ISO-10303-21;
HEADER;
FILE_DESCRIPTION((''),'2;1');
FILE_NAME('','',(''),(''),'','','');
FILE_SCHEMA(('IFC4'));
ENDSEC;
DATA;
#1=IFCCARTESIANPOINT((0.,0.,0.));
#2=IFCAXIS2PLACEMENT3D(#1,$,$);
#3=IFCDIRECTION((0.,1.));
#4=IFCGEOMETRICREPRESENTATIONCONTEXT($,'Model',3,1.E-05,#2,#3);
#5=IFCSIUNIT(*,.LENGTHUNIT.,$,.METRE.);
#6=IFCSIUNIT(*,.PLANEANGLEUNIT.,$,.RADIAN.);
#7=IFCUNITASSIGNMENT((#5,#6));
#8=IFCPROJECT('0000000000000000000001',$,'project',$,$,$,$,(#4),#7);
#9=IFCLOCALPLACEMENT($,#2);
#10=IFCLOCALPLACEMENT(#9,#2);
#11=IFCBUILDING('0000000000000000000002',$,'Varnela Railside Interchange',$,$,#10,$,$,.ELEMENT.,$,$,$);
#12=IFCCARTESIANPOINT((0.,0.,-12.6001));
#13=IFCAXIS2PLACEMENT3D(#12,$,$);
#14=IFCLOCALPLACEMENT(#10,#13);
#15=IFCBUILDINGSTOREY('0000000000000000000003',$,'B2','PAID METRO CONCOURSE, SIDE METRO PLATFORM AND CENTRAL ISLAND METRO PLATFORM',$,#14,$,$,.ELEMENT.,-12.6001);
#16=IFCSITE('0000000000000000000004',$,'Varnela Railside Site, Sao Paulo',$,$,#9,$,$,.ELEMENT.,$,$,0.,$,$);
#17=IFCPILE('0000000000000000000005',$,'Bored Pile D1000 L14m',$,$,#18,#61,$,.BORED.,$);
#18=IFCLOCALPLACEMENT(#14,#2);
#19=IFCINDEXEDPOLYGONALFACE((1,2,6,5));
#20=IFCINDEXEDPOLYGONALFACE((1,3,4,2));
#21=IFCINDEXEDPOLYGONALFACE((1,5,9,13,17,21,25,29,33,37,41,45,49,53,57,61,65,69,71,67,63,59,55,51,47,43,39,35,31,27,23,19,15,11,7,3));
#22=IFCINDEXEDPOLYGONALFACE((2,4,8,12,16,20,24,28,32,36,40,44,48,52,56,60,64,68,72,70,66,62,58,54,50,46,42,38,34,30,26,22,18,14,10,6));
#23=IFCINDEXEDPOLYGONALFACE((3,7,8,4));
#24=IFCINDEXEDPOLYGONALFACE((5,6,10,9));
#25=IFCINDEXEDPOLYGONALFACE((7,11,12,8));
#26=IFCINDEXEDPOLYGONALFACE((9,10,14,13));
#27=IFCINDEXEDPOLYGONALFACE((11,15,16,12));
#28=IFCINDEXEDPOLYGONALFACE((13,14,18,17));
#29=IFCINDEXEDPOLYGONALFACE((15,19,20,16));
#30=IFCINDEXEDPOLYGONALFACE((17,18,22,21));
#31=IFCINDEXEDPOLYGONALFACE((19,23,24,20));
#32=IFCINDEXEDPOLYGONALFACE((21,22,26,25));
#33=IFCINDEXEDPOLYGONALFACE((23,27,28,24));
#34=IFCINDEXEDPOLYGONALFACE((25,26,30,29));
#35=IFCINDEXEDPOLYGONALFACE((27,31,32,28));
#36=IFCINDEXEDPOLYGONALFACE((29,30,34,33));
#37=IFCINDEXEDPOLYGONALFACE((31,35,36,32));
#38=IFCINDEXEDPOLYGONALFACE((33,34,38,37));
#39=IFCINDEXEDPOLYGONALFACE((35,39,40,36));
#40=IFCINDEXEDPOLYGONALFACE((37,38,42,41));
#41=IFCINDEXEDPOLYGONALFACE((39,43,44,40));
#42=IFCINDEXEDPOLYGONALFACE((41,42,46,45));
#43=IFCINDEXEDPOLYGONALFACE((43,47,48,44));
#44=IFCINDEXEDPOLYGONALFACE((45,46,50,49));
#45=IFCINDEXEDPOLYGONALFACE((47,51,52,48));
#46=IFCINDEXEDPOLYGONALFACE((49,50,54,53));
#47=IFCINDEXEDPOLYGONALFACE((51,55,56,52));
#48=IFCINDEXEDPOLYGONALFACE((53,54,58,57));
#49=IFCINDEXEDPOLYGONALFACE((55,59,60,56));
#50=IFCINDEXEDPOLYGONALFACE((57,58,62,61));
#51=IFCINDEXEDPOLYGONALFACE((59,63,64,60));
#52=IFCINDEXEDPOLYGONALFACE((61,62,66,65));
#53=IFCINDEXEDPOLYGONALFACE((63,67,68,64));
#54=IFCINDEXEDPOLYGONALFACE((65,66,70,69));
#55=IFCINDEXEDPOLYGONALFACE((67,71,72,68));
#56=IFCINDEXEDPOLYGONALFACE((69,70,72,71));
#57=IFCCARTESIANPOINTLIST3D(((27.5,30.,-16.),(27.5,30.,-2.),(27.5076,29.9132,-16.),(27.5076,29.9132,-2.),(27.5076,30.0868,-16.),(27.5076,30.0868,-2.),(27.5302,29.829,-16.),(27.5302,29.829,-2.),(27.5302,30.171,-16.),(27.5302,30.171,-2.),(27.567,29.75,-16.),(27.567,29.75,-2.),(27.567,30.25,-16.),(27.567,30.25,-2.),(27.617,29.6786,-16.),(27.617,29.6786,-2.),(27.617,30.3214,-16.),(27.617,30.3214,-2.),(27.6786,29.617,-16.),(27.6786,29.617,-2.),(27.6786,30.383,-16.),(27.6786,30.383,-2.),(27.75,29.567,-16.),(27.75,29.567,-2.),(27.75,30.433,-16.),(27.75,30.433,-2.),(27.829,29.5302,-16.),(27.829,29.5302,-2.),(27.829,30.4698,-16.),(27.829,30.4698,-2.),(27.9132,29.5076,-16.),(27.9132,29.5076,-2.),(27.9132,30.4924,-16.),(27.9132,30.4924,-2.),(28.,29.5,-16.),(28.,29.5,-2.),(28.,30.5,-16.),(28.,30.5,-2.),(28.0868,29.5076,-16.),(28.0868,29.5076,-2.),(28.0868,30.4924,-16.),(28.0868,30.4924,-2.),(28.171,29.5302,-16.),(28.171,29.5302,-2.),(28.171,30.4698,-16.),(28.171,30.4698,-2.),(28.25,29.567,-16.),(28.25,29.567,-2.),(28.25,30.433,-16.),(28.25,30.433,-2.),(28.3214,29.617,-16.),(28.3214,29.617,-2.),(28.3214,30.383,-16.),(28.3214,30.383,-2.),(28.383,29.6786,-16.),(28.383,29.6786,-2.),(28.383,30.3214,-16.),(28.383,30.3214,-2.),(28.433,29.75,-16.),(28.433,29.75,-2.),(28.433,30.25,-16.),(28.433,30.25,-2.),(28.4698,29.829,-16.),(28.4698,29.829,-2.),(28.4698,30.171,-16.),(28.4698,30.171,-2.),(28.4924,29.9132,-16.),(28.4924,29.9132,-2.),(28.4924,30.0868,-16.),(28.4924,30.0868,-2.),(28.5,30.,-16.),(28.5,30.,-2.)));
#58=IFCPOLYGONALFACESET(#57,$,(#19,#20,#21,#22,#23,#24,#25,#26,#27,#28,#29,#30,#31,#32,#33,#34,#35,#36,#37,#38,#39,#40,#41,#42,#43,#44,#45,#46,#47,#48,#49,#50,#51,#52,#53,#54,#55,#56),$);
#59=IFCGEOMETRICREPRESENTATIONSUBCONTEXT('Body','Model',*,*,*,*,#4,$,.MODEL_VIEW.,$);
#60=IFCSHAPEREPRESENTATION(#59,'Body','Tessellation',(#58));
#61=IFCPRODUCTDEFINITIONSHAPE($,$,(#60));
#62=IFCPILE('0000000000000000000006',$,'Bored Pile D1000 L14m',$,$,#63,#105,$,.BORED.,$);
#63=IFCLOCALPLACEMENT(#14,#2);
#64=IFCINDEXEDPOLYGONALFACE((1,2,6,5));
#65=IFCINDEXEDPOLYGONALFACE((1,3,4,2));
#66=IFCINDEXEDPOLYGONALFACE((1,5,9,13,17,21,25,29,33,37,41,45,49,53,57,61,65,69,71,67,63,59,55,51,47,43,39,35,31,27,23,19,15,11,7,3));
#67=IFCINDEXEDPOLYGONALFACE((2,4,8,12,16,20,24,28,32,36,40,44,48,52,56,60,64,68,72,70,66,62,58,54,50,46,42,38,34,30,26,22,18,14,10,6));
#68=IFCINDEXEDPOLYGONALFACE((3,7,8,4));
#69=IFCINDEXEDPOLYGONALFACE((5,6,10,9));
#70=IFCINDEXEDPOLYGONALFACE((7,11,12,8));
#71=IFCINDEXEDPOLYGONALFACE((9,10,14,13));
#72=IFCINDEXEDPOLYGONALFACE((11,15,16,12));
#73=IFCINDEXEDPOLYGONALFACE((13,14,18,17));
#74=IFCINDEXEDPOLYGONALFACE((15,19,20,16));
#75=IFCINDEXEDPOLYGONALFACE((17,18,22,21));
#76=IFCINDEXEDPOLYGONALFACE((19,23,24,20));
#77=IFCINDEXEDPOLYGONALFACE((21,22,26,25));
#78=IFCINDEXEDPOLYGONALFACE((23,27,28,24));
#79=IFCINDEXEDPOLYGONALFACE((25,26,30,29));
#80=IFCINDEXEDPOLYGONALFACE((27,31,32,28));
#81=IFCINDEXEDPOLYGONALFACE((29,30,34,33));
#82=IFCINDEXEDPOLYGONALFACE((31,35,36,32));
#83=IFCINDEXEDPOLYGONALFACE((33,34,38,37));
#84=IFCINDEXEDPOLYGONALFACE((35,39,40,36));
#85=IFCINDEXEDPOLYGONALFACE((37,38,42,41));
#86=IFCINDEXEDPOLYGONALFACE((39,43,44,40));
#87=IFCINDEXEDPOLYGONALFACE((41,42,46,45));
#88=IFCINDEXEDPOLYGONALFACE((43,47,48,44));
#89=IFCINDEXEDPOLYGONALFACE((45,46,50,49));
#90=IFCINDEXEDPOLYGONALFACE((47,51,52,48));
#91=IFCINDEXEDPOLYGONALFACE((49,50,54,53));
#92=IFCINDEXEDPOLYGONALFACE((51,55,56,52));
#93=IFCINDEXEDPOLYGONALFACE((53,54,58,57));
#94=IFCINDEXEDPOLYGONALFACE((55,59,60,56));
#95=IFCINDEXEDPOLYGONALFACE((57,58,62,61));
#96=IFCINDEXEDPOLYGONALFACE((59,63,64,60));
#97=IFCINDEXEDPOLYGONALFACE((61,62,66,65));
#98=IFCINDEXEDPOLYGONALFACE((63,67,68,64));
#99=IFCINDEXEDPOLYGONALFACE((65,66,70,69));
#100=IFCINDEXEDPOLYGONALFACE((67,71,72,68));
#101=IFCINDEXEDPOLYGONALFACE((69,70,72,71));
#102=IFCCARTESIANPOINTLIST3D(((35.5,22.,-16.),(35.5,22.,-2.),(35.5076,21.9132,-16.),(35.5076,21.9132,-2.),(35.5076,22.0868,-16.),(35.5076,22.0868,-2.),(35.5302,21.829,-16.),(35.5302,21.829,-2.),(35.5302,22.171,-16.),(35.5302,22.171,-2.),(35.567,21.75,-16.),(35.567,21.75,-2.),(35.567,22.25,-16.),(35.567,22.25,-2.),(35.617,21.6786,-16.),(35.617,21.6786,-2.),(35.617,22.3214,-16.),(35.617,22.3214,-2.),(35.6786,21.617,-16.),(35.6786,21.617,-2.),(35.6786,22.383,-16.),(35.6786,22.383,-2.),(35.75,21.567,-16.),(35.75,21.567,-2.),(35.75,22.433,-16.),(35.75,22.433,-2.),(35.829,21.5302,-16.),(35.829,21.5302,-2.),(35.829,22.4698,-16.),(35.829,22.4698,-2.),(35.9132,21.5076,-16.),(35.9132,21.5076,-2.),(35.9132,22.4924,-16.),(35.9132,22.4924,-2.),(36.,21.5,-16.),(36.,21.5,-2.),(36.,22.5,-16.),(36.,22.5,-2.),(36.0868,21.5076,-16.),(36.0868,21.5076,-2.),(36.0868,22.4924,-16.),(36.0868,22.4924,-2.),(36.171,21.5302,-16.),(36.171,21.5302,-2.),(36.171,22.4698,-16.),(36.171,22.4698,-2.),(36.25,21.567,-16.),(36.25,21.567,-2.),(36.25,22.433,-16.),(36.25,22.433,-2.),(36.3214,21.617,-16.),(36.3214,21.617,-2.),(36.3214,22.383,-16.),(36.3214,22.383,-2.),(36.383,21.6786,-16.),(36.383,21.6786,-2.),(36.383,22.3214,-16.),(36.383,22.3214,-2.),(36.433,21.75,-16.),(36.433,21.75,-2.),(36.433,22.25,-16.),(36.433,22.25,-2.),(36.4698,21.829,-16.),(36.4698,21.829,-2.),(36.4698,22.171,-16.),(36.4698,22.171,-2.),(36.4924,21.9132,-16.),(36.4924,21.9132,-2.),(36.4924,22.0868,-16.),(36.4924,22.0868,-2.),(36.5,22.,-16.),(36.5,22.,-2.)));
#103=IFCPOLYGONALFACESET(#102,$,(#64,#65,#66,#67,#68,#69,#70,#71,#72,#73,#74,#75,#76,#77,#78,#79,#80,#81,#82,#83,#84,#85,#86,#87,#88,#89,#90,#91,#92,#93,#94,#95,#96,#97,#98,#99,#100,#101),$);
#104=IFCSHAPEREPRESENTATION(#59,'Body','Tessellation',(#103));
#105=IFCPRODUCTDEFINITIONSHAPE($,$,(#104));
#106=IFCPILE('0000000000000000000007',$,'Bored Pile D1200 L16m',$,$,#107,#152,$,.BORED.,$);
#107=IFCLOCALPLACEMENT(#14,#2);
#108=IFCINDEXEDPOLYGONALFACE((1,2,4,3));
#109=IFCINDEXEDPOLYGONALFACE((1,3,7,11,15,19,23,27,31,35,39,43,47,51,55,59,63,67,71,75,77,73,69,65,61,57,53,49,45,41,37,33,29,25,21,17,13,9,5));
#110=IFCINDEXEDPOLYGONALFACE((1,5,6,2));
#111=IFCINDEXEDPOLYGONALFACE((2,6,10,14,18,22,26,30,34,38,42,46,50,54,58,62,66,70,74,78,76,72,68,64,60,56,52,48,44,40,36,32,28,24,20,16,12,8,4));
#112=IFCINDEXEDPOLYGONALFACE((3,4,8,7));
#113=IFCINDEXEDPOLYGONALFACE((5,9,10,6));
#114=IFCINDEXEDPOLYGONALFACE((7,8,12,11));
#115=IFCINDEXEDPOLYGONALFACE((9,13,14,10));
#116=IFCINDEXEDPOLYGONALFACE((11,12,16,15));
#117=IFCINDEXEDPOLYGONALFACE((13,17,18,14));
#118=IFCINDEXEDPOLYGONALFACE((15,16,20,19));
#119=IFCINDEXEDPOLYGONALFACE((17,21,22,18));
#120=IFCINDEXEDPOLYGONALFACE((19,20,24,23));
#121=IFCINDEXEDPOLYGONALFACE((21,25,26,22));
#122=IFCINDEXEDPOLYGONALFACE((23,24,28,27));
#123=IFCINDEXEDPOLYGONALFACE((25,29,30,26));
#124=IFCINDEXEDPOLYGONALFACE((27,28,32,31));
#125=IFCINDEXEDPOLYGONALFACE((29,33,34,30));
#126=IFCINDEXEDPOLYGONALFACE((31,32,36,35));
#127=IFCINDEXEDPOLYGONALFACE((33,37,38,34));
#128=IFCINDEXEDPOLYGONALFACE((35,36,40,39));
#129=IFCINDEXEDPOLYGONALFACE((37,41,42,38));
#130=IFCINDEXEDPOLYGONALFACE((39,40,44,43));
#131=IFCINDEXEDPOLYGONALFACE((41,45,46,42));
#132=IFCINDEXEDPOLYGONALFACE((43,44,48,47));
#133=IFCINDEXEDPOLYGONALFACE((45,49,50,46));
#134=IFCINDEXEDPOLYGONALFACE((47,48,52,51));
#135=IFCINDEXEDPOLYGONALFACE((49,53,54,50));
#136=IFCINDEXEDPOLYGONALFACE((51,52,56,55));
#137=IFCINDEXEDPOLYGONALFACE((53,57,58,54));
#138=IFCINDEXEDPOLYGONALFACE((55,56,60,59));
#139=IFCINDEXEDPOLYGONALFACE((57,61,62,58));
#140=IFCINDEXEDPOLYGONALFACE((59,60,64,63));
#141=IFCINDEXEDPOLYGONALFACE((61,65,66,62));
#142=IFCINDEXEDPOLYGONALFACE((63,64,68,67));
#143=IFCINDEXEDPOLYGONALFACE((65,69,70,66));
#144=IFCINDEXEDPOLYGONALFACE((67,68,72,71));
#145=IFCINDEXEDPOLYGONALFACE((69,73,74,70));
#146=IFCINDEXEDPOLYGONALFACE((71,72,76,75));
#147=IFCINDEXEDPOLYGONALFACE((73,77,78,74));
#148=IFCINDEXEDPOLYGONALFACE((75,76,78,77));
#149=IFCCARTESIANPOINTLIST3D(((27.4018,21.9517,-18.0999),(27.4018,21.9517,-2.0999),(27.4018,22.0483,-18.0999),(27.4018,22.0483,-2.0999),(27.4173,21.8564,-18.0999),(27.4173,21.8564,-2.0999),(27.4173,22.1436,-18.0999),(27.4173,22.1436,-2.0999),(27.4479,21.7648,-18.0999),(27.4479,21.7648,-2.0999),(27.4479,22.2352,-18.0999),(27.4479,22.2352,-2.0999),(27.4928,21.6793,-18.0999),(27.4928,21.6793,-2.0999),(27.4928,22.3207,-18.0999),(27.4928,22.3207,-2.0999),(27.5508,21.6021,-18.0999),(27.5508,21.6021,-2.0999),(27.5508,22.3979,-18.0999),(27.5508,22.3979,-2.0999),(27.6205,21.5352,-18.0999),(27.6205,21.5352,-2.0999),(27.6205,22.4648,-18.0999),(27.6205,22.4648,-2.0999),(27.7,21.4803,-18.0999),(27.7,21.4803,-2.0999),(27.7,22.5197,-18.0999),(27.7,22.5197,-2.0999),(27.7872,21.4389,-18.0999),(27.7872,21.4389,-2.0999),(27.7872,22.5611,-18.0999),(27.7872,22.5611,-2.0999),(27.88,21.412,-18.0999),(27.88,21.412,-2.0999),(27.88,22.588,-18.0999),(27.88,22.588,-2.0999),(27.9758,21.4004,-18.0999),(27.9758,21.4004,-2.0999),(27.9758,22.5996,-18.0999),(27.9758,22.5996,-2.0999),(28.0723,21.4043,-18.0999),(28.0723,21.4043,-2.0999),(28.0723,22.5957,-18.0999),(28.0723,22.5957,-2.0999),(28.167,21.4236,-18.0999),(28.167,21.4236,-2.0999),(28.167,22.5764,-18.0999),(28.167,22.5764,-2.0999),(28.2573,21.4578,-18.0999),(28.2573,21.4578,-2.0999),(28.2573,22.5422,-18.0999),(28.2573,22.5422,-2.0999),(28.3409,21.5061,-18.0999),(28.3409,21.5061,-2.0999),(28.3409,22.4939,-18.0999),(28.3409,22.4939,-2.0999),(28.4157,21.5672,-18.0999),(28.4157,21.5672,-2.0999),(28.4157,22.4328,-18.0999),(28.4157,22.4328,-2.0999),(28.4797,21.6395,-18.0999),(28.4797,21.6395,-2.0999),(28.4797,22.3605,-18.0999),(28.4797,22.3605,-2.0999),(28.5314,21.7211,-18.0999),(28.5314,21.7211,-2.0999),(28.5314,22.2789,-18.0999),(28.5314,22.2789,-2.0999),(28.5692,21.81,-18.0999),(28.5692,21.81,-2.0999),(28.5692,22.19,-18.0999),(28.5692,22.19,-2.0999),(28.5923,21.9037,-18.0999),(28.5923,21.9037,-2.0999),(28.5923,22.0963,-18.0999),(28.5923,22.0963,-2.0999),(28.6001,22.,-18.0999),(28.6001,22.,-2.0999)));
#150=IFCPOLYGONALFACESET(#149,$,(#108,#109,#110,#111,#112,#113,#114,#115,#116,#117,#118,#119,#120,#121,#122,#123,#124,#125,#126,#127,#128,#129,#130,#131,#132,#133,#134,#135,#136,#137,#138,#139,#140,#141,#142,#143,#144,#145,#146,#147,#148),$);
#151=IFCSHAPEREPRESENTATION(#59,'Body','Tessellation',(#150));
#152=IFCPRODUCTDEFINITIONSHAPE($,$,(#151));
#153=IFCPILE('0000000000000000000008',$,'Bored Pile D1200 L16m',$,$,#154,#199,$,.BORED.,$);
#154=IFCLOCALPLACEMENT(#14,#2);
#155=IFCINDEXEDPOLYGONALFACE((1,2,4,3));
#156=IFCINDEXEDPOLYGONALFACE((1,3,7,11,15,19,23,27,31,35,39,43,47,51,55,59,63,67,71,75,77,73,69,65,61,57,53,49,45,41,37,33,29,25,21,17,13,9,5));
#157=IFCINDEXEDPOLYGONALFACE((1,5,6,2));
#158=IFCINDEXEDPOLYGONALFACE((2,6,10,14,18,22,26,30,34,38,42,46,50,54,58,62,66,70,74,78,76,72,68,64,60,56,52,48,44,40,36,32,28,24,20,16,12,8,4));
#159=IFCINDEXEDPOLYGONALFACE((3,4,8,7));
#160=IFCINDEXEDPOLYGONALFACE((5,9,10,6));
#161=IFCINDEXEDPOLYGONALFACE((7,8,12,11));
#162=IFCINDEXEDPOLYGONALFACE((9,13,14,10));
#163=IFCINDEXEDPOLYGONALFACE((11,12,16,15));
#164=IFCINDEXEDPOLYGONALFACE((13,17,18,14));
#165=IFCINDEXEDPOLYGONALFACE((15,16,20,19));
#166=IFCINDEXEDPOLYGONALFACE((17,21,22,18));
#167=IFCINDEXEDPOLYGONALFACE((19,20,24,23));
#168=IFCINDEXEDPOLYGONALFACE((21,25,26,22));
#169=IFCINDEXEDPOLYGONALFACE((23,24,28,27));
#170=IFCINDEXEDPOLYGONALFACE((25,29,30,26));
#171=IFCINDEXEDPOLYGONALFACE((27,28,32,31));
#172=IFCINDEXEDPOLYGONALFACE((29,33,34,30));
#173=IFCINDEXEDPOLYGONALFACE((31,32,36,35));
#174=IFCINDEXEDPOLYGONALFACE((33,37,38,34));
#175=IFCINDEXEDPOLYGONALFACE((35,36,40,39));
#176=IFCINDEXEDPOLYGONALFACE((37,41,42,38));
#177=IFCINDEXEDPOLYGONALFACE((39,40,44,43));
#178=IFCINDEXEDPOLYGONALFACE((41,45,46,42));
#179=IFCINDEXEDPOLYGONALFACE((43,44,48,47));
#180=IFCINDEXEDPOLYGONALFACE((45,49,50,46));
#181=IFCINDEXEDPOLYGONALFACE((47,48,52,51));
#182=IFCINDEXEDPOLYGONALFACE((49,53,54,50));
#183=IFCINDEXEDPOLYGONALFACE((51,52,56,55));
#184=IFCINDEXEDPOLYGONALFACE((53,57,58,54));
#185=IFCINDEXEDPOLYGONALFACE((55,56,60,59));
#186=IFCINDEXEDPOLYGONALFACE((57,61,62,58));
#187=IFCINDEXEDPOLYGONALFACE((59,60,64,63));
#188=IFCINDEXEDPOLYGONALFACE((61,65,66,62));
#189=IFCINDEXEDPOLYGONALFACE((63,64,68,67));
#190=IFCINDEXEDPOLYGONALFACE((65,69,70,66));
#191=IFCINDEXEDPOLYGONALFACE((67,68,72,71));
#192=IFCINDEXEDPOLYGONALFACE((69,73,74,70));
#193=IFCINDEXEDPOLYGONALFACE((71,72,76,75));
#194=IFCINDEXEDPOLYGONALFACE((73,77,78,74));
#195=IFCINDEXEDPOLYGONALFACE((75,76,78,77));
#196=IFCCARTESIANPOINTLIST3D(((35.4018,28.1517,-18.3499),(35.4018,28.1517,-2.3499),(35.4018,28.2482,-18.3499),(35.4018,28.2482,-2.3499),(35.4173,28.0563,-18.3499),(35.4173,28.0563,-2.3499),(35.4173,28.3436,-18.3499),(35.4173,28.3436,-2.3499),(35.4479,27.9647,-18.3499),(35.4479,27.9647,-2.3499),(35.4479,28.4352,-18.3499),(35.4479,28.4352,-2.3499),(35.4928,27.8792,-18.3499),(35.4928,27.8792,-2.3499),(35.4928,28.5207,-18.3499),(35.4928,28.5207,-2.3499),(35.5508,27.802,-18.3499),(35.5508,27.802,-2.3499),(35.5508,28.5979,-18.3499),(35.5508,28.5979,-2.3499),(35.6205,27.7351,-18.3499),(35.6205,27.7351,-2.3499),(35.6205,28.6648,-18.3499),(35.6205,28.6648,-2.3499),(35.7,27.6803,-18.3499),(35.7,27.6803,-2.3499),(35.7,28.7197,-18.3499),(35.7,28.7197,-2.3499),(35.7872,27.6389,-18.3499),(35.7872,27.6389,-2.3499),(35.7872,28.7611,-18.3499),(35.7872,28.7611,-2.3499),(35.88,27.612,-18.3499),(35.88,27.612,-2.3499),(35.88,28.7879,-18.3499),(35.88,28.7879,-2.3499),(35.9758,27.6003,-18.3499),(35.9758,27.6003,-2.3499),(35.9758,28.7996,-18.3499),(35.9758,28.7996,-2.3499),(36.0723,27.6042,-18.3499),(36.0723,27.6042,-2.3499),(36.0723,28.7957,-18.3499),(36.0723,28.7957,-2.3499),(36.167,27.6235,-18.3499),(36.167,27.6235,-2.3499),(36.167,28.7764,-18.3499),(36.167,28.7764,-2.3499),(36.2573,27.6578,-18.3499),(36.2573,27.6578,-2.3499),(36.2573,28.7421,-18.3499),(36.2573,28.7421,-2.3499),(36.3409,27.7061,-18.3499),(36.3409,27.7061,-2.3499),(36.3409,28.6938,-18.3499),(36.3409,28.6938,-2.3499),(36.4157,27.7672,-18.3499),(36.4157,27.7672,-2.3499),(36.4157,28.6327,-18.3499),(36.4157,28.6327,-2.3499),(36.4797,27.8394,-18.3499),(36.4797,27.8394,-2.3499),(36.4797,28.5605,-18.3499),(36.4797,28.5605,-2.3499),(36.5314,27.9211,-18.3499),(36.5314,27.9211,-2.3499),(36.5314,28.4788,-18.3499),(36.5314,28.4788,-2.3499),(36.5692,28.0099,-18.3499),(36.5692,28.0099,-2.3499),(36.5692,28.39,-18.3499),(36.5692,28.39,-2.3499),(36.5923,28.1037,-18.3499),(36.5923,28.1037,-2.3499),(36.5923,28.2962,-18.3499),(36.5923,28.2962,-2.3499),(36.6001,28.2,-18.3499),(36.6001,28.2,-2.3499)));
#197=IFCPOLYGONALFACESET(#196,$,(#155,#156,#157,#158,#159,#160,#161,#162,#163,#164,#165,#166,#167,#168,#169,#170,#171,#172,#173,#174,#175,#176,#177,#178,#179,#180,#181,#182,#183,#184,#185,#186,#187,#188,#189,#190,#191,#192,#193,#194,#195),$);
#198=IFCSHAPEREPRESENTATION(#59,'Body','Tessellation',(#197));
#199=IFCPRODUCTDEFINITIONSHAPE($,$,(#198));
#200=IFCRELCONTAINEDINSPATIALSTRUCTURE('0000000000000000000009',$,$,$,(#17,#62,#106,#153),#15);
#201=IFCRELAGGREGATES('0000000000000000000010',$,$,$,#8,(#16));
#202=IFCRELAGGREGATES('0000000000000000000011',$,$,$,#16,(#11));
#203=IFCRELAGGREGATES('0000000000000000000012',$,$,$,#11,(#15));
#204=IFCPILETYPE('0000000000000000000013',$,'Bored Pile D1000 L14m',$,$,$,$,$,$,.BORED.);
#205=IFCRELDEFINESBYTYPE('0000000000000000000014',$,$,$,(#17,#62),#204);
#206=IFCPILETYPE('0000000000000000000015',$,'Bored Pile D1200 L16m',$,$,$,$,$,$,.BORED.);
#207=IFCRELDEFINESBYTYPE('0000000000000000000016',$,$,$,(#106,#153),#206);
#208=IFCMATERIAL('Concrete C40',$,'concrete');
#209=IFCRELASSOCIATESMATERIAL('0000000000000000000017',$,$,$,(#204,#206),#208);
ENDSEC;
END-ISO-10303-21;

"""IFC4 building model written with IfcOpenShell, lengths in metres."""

from ifc_helpers import new_model, si_unit, direction, frame, origin, origin_2d, place, context, subcontext, project, spatial, circle, extrude, material, material_profile, profile_set, type_object, element, save


model = new_model("IFC4")

# Units and contexts
model_context = context("Model", 3, precision=1e-05, world=origin(), true_north=direction((0.0, 1.0)))
body_context = subcontext(model_context, "Body", "Model", "MODEL_VIEW")
ifc_project = project(units=[si_unit("LENGTHUNIT", "METRE"), si_unit("PLANEANGLEUNIT", "RADIAN")], contexts=[model_context])

# Site, building, storey
site_placement = place(None, origin())
site = spatial("IfcSite", under=ifc_project, at=site_placement, Name="Varnela Railside Site, Sao Paulo", CompositionType="ELEMENT", RefElevation=0.0)
building_placement = place(site_placement, origin())
building = spatial("IfcBuilding", under=site, at=building_placement, Name="Varnela Railside Interchange", CompositionType="ELEMENT")
storey_placement = place(building_placement, frame((0.0, 0.0, -12.6001)))
storey = spatial("IfcBuildingStorey", under=building, at=storey_placement, Name="B2", Description="PAID METRO CONCOURSE, SIDE METRO PLATFORM AND CENTRAL ISLAND METRO PLATFORM", CompositionType="ELEMENT", Elevation=-12.6001)

# Piles
ifc_material_1 = material(Name="Concrete C40", Category="concrete")
ifc_material_profile_1 = material_profile(ifc_material_1, circle(Radius=0.5, at=origin_2d()), Name="BORED PILE D1000")
ifc_profile_set_1 = profile_set([ifc_material_profile_1], Name="Concrete C40")
pile_type_1 = type_object("IfcPileType", Name="Bored Pile D1000 L14m", PredefinedType="BORED", material=ifc_profile_set_1)
for number, where, z_axis, x_axis, name in (
    (1, (28.0, 30.0, -2.0), (0.0, 0.0, -1.0), (1.0, 0.0, 0.0), "Bored Pile D1000 L14m"),
    (2, (36.0, 22.0, -2.0), (0.0, 0.0, -1.0), (1.0, 0.0, 0.0), "Bored Pile D1000 L14m"),
):
    element("IfcPile", number, at=place(storey_placement, frame(where, z_axis=z_axis, x_axis=x_axis)), inside=storey, type_object=pile_type_1, Name=name, PredefinedType="BORED", context=body_context, shape_type="SweptSolid", body=[
        extrude(circle(Radius=0.5, at=origin_2d()), origin(), (0.0, 0.0, 1.0), 14.0),
    ])
ifc_material_profile_2 = material_profile(ifc_material_1, circle(Radius=0.6001, at=origin_2d()), Name="BORED PILE D1200")
ifc_profile_set_2 = profile_set([ifc_material_profile_2], Name="Concrete C40")
pile_type_2 = type_object("IfcPileType", Name="Bored Pile D1200 L16m", PredefinedType="BORED", material=ifc_profile_set_2)
for number, where, z_axis, x_axis, name in (
    (3, (28.0, 22.0, -2.0999), (0.0, 0.0, -1.0), (1.0, 0.0, 0.0), "Bored Pile D1200 L16m"),
    (4, (36.0, 28.2, -2.3499), (0.0, 0.0, -1.0), (1.0, 0.0, 0.0), "Bored Pile D1200 L16m"),
):
    element("IfcPile", number, at=place(storey_placement, frame(where, z_axis=z_axis, x_axis=x_axis)), inside=storey, type_object=pile_type_2, Name=name, PredefinedType="BORED", context=body_context, shape_type="SweptSolid", body=[
        extrude(circle(Radius=0.6001, at=origin_2d()), origin(), (0.0, 0.0, 1.0), 16.0),
    ])

save(model, "model.ifc")
